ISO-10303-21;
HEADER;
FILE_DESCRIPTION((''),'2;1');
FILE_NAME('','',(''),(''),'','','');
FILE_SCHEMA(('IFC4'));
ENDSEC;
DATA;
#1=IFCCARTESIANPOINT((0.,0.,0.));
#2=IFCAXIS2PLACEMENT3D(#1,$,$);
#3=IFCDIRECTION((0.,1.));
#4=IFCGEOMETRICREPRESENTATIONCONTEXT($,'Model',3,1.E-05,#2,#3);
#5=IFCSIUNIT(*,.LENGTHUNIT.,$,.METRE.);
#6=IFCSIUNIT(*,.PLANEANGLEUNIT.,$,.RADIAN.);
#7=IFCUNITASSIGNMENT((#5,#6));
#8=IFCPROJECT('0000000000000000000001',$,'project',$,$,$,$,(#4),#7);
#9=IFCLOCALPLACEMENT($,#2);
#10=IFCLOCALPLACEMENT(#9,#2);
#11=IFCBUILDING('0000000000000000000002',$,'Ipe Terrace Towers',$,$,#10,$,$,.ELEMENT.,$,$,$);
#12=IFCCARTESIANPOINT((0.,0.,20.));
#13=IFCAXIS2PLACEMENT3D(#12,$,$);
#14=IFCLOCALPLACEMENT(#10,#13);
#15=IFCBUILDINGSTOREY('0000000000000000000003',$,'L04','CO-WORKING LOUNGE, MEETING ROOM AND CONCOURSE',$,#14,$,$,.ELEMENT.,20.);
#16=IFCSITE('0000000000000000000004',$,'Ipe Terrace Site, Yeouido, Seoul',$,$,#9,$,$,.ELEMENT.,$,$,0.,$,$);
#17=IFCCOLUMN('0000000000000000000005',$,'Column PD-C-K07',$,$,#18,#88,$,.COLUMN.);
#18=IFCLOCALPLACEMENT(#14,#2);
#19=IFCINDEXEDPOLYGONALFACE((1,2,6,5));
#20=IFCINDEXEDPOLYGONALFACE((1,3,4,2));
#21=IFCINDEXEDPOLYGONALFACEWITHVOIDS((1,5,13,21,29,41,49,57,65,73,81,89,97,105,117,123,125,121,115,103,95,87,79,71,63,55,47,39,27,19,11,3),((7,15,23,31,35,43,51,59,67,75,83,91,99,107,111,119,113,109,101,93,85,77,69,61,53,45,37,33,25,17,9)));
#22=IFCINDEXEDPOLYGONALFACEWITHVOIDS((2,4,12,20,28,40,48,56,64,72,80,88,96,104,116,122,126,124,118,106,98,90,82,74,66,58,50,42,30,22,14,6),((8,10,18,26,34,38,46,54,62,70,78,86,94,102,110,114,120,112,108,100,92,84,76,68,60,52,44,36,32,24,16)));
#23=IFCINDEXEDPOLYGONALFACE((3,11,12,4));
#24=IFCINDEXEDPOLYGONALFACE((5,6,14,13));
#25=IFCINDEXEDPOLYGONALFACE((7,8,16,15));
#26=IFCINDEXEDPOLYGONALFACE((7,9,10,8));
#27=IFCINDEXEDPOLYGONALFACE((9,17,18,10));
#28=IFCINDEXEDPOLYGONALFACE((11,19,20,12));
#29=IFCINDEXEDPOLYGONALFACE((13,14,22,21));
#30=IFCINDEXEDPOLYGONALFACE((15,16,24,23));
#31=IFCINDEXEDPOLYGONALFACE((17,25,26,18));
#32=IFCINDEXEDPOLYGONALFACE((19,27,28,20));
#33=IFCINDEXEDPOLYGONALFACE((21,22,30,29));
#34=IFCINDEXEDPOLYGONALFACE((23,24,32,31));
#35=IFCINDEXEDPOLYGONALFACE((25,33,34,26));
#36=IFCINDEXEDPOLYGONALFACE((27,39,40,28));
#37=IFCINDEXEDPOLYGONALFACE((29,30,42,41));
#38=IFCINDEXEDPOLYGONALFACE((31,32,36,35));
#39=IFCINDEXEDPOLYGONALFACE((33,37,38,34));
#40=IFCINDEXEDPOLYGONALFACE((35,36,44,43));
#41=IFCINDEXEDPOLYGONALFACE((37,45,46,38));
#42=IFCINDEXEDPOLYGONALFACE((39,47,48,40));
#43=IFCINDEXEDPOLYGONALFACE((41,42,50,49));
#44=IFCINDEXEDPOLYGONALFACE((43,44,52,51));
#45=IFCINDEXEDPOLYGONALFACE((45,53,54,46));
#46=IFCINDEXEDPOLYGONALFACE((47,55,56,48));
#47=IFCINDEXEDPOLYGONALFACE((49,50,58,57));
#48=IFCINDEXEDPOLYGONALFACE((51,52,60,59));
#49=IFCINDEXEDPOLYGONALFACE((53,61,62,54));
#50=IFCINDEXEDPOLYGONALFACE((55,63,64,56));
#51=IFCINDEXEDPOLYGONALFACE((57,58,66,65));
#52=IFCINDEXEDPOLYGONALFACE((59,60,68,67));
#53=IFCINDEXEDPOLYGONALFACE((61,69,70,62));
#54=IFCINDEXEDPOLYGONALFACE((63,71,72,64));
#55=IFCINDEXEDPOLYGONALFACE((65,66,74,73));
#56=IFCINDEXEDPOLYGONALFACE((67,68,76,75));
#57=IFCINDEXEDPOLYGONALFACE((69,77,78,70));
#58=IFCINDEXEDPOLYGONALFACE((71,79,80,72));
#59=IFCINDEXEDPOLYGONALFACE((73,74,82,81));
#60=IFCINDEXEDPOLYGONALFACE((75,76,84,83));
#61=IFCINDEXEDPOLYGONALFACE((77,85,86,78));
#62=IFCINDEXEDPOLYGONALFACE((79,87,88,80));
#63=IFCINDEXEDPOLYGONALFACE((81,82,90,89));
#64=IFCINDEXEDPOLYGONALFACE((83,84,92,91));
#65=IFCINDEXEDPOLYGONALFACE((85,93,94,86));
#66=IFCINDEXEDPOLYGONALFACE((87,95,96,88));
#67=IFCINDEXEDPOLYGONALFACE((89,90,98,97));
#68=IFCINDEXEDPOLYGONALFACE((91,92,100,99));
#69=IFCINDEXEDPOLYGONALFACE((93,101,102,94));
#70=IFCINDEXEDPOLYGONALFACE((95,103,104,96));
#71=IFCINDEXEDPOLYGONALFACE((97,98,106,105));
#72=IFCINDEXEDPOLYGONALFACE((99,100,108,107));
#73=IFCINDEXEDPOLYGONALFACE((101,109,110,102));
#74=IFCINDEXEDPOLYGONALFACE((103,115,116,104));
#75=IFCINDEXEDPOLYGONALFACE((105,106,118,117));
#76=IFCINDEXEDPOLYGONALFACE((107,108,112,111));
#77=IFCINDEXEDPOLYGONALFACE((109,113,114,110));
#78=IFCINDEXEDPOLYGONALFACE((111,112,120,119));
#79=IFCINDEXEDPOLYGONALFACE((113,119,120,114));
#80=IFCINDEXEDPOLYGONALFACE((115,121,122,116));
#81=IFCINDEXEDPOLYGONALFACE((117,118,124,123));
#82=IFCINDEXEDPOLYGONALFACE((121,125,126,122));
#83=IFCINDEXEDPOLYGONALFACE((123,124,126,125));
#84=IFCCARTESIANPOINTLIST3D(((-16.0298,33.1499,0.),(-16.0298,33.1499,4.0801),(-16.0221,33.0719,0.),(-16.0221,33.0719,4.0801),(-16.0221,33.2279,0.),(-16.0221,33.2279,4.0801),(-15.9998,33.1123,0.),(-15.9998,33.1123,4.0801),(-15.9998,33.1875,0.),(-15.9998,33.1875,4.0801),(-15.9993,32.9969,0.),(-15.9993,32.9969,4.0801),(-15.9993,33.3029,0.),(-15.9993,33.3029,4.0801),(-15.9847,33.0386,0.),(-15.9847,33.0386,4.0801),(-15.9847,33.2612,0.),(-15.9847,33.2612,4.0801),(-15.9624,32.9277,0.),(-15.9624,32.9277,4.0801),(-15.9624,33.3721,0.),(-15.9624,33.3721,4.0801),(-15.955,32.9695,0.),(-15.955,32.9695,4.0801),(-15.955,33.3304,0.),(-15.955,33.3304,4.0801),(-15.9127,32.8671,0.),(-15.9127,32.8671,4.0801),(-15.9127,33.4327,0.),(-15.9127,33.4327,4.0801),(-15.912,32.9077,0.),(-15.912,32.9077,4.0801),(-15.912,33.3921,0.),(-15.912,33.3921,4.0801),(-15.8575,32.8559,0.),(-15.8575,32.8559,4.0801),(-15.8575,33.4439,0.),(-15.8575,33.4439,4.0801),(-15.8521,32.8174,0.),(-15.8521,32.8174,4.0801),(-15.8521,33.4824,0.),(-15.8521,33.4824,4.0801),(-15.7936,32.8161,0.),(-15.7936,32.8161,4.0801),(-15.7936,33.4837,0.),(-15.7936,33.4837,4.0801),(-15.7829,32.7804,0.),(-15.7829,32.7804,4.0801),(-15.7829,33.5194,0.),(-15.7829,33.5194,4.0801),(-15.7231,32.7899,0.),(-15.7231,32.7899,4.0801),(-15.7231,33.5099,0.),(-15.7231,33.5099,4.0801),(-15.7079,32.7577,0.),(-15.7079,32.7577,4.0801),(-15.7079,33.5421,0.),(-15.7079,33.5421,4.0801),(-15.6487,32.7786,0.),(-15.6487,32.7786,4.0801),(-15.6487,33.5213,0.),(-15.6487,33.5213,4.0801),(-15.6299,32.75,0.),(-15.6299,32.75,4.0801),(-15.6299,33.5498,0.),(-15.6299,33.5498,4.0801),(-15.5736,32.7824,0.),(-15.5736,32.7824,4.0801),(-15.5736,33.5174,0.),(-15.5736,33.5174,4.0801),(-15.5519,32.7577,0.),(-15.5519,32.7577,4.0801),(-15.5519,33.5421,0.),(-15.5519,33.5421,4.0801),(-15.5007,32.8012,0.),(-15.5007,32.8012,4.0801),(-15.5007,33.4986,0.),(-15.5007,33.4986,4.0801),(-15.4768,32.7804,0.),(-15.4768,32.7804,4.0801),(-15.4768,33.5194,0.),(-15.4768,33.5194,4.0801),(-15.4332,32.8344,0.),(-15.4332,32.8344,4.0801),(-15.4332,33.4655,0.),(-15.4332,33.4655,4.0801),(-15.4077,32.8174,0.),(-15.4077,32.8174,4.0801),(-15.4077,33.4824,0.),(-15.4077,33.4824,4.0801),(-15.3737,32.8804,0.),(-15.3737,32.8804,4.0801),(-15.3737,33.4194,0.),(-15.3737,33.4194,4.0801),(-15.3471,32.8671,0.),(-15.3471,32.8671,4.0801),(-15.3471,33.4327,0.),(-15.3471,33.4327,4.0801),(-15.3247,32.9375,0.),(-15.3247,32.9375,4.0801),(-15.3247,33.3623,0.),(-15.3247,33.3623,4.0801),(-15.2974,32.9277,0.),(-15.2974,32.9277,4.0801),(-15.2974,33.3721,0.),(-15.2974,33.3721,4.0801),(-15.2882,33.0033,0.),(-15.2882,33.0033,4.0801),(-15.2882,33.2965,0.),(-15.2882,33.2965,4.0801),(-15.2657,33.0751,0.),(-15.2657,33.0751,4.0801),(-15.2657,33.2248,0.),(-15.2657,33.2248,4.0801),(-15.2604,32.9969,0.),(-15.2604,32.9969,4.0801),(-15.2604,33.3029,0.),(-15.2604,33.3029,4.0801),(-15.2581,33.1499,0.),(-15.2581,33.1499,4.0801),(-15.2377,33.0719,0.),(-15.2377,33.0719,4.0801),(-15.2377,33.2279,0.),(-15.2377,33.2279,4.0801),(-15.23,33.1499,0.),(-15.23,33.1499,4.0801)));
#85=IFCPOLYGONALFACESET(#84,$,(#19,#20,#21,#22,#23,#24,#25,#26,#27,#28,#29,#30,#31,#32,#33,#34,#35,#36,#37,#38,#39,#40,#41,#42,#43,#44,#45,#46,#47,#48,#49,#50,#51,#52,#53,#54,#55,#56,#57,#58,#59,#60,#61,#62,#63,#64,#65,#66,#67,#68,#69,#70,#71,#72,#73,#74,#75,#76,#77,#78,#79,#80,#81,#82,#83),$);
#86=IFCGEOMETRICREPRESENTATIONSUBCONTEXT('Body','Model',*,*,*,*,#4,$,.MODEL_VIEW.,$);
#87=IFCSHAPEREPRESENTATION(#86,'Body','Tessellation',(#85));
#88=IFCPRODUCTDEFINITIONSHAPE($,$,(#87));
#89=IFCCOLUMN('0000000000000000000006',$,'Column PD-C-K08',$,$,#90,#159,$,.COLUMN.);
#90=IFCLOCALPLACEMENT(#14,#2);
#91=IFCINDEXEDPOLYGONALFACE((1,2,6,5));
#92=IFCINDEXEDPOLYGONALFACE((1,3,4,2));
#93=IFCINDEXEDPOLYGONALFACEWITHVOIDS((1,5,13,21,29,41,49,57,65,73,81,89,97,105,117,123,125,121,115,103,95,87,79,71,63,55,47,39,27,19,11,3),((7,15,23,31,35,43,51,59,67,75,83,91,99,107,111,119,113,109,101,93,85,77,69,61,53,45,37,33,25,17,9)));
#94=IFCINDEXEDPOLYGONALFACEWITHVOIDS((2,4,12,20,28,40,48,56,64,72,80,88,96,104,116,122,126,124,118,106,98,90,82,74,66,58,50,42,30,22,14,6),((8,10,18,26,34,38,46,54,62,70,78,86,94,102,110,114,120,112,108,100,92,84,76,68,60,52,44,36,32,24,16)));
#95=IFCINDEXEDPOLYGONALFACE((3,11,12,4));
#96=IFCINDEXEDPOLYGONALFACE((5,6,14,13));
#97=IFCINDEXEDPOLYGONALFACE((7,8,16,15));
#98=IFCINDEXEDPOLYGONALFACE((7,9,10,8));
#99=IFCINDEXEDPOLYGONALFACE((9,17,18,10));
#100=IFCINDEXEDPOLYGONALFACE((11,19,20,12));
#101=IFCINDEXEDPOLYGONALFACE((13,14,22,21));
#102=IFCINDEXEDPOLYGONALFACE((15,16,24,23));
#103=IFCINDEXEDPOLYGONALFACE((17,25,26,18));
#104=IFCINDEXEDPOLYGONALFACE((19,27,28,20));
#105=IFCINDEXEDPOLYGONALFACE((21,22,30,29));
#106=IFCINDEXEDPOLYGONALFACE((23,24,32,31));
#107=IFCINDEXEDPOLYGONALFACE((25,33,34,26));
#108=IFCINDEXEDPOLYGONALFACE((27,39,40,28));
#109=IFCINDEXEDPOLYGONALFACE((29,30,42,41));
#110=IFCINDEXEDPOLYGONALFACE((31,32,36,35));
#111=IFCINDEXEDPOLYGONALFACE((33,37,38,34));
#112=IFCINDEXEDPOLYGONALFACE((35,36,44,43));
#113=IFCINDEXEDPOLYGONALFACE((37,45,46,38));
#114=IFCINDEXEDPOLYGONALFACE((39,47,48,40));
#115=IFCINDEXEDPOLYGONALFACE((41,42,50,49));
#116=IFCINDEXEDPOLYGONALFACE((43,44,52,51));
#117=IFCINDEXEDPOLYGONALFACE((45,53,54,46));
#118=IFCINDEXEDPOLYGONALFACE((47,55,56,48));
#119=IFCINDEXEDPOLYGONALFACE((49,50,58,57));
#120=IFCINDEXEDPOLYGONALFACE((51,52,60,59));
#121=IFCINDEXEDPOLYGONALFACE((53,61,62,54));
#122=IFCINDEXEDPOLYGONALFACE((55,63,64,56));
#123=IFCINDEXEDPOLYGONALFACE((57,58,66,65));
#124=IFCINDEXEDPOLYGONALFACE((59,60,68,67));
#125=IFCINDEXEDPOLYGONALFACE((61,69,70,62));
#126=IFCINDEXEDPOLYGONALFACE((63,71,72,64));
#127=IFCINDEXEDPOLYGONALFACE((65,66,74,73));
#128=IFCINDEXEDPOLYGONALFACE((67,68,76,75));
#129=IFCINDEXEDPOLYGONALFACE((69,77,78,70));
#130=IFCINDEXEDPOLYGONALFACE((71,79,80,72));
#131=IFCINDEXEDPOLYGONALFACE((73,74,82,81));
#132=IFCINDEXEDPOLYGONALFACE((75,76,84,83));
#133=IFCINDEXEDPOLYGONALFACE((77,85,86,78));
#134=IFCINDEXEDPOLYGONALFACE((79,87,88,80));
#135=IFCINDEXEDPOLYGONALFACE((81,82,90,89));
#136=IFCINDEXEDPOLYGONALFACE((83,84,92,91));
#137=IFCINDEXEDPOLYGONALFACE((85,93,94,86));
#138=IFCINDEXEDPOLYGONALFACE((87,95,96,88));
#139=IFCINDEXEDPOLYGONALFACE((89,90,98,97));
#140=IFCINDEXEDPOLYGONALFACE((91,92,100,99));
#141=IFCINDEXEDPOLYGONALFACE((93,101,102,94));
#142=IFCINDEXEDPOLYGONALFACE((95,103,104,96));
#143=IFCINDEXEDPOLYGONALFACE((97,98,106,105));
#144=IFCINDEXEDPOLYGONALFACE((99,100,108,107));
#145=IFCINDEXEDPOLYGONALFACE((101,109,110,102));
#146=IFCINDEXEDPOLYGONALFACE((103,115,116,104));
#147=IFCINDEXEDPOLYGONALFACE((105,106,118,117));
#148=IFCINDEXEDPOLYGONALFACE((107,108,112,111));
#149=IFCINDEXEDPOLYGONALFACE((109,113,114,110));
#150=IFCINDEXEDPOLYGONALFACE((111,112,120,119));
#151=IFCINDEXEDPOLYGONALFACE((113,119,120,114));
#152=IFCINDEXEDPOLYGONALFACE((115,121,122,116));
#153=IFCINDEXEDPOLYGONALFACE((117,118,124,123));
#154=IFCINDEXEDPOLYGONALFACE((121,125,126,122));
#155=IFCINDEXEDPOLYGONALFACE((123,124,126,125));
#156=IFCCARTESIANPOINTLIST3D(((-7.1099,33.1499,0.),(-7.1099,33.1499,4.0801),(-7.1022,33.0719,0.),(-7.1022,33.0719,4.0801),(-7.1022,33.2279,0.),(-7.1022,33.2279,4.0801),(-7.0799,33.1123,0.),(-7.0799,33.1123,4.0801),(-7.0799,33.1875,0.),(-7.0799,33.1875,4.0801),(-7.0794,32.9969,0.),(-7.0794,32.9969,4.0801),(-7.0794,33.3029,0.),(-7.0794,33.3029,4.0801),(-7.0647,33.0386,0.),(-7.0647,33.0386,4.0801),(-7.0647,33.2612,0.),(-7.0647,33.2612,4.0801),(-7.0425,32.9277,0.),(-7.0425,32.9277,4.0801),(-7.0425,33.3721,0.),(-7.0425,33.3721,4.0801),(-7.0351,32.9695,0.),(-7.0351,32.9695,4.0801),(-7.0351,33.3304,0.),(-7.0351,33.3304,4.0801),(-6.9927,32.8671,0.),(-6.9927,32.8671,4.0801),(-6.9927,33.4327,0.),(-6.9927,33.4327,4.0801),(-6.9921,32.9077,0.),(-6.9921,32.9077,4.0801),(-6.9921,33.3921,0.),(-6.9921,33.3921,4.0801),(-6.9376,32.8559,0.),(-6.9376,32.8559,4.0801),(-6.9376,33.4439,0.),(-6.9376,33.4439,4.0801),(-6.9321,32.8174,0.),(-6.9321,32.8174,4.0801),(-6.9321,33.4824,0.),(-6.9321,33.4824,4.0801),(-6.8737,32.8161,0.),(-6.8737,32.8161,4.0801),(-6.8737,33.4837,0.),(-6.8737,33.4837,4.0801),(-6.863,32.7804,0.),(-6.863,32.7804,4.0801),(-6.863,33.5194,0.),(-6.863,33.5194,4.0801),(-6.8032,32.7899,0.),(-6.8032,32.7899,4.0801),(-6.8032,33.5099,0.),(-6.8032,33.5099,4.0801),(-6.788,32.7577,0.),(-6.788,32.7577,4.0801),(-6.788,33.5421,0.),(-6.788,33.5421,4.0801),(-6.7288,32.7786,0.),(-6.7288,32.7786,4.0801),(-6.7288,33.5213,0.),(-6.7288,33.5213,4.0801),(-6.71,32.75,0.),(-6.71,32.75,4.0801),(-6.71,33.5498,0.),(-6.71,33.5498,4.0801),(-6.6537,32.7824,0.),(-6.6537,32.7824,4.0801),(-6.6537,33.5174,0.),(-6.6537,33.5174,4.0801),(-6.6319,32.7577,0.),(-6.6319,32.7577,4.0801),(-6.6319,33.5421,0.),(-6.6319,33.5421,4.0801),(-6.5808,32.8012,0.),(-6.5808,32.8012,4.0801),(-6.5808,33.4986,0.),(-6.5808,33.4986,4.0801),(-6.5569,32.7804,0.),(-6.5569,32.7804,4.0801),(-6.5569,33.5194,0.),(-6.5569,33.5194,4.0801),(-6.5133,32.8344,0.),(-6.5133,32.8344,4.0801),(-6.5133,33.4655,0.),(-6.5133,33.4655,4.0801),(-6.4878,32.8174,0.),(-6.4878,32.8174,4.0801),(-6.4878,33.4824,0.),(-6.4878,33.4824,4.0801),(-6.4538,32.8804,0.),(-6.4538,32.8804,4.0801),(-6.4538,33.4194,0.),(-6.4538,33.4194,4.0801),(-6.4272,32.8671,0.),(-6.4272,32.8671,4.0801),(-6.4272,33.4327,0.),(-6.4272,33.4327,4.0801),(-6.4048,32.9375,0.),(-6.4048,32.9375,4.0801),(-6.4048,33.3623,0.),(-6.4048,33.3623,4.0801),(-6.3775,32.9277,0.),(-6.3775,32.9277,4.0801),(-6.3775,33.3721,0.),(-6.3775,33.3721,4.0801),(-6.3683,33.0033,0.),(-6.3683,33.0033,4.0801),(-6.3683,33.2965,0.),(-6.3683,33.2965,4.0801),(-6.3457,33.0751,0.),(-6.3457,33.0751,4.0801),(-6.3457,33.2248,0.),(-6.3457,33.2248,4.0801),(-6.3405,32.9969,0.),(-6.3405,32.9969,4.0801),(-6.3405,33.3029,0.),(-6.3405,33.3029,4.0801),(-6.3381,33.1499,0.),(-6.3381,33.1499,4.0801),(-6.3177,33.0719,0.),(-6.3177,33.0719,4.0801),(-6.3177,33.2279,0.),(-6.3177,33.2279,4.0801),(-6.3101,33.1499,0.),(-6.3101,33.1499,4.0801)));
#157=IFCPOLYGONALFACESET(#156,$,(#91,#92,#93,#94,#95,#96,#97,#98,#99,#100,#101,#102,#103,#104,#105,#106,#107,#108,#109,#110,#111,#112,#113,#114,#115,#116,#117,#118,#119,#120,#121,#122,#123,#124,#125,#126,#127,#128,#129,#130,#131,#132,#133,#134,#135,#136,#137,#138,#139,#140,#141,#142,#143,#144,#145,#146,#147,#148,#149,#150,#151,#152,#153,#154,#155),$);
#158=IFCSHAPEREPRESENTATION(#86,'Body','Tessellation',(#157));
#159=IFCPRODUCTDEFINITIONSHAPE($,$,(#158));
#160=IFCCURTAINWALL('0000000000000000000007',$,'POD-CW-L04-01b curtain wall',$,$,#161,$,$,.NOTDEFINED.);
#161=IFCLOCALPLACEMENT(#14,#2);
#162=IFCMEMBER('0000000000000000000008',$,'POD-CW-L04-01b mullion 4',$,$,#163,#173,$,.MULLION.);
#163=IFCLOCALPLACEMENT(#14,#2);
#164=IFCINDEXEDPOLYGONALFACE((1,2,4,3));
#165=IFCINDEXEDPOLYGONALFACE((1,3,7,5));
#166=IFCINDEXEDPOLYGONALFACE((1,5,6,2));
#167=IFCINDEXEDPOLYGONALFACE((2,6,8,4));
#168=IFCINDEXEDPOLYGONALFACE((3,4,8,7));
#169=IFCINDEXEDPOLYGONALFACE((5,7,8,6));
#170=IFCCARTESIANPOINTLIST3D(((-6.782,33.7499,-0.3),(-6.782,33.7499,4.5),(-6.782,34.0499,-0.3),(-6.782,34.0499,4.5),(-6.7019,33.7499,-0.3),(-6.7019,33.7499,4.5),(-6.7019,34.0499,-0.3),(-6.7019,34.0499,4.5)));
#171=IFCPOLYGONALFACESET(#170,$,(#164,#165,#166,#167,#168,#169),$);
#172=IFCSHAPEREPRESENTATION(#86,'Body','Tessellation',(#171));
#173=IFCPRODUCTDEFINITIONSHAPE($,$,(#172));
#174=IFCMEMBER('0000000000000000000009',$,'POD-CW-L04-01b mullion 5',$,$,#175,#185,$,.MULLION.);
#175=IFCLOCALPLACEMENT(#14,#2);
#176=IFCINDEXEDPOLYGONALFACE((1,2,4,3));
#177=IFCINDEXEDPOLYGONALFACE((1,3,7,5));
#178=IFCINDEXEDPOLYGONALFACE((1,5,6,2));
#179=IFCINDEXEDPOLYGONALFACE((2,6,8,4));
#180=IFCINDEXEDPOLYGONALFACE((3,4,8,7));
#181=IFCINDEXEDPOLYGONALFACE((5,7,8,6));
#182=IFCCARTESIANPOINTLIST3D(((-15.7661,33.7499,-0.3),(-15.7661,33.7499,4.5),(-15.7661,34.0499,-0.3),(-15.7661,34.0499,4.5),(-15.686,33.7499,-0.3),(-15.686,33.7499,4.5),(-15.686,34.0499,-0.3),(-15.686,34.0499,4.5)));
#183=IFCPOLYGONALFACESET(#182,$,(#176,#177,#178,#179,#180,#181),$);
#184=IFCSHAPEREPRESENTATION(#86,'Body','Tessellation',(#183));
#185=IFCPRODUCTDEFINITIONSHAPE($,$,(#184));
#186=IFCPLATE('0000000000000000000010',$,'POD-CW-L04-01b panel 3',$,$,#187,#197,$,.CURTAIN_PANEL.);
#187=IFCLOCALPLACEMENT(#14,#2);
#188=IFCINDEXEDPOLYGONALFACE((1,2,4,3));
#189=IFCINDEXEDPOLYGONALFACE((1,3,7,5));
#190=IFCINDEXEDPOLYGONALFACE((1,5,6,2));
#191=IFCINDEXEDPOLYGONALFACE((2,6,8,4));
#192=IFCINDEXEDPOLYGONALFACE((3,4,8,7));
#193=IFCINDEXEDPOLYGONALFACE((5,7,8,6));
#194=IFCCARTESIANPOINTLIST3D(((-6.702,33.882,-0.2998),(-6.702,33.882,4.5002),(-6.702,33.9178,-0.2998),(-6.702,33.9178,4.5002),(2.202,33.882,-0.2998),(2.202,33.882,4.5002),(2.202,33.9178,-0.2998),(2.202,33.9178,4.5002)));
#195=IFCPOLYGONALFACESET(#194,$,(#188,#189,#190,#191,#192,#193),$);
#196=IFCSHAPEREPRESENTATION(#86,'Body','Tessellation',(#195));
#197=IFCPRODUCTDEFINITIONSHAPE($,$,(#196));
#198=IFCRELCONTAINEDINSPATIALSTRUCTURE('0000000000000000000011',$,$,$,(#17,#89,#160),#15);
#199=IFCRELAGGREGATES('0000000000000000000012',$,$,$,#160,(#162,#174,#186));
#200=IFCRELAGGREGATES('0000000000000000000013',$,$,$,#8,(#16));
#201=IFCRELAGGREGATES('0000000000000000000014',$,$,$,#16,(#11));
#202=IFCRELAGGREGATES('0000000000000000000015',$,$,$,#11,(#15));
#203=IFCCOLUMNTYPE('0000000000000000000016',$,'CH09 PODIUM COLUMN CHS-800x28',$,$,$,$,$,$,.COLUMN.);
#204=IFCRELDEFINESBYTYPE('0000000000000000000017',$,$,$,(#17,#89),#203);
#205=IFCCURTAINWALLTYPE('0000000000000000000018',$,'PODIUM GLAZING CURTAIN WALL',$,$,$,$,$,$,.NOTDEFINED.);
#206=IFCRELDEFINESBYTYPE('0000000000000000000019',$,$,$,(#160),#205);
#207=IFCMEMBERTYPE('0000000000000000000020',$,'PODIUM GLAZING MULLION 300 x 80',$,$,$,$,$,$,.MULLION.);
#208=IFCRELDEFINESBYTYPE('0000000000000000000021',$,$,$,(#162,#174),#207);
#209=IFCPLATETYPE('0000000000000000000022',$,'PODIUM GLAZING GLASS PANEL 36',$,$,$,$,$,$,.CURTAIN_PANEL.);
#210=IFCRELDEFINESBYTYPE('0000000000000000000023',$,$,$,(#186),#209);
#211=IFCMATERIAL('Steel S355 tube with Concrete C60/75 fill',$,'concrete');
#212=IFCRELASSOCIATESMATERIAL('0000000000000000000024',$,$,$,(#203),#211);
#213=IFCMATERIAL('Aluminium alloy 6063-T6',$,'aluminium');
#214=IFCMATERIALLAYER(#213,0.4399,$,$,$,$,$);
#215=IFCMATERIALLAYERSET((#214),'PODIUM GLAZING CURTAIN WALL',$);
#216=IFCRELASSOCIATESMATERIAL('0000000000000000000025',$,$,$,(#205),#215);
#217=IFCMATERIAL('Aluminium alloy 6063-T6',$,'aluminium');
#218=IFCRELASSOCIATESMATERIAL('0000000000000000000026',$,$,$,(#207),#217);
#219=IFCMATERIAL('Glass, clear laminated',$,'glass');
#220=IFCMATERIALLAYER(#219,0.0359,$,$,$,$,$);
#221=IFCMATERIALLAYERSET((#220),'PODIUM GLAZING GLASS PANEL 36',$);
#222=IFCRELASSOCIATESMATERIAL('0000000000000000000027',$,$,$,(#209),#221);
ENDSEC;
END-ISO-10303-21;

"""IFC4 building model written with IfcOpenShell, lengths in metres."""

from ifc_helpers import new_model, si_unit, direction, frame, origin, origin_2d, place, context, subcontext, project, spatial, rectangle, hollow_circle, extrude, material, layer, layer_set, material_profile, profile_set, type_object, element, aggregate, save


model = new_model("IFC4")

# Units and contexts
model_context = context("Model", 3, precision=1e-05, world=origin(), true_north=direction((0.0, 1.0)))
body_context = subcontext(model_context, "Body", "Model", "MODEL_VIEW")
ifc_project = project(units=[si_unit("LENGTHUNIT", "METRE"), si_unit("PLANEANGLEUNIT", "RADIAN")], contexts=[model_context])

# Site, building, storey
site_placement = place(None, origin())
site = spatial("IfcSite", under=ifc_project, at=site_placement, Name="Ipe Terrace Site, Yeouido, Seoul", CompositionType="ELEMENT", RefElevation=0.0)
building_placement = place(site_placement, origin())
building = spatial("IfcBuilding", under=site, at=building_placement, Name="Ipe Terrace Towers", CompositionType="ELEMENT")
storey_placement = place(building_placement, frame((0.0, 0.0, 20.0)))
storey = spatial("IfcBuildingStorey", under=building, at=storey_placement, Name="L04", Description="CO-WORKING LOUNGE, MEETING ROOM AND CONCOURSE", CompositionType="ELEMENT", Elevation=20.0)

# Columns
ifc_material_1 = material(Name="Steel S355 tube with Concrete C60/75 fill", Category="concrete")
ifc_material_profile_1 = material_profile(ifc_material_1, hollow_circle(Radius=0.3999, WallThickness=0.0281, at=origin_2d()), Name="CHS-800x28")
ifc_profile_set_1 = profile_set([ifc_material_profile_1], Name="Steel S355 tube with Concrete C60/75 fill")
column_type = type_object("IfcColumnType", Name="CH09 PODIUM COLUMN CHS-800x28", PredefinedType="COLUMN", material=ifc_profile_set_1)
for number, where, z_axis, x_axis, name in (
    (1, (-15.6299, 33.1499, 0.0), (0.0, 0.0, 1.0), (1.0, 0.0, 0.0), "Column PD-C-K07"),
    (2, (-6.71, 33.1499, 0.0), (0.0, 0.0, 1.0), (1.0, 0.0, 0.0), "Column PD-C-K08"),
):
    element("IfcColumn", number, at=place(storey_placement, frame(where, z_axis=z_axis, x_axis=x_axis)), inside=storey, type_object=column_type, Name=name, PredefinedType="COLUMN", context=body_context, shape_type="SweptSolid", body=[
        extrude(hollow_circle(Radius=0.3999, WallThickness=0.0281, at=origin_2d()), origin(), (0.0, 0.0, 1.0), 4.0801),
    ])

# Curtain wall, members, plate
ifc_material_2 = material(Name="Aluminium alloy 6063-T6", Category="aluminium")
ifc_layer_1 = layer(ifc_material_2, 0.4399)
ifc_layer_set_1 = layer_set([ifc_layer_1], Name="PODIUM GLAZING CURTAIN WALL")
curtain_wall_type = type_object("IfcCurtainWallType", Name="PODIUM GLAZING CURTAIN WALL", PredefinedType="NOTDEFINED", material=ifc_layer_set_1)
curtain_wall_placement = place(storey_placement, origin())
curtain_wall = element("IfcCurtainWall", 3, at=curtain_wall_placement, inside=storey, type_object=curtain_wall_type, Name="POD-CW-L04-01b curtain wall", PredefinedType="NOTDEFINED")
ifc_material_3 = material(Name="Aluminium alloy 6063-T6", Category="aluminium")
ifc_material_profile_2 = material_profile(ifc_material_3, rectangle(XDim=0.3, YDim=0.0801, at=origin_2d()), Name="PODIUM GLAZING MULLION 300 x 80")
ifc_profile_set_2 = profile_set([ifc_material_profile_2], Name="Aluminium alloy 6063-T6")
member_type = type_object("IfcMemberType", Name="PODIUM GLAZING MULLION 300 x 80", PredefinedType="MULLION", material=ifc_profile_set_2)
member_1_placement = place(storey_placement, frame((-6.7419, 33.8999, -0.3), z_axis=(0.0, 0.0, 1.0), x_axis=(0.0, 1.0, 0.0)))
member_1 = element("IfcMember", 4, at=member_1_placement, type_object=member_type, Name="POD-CW-L04-01b mullion 4", PredefinedType="MULLION", context=body_context, shape_type="SweptSolid", body=[
    extrude(rectangle(XDim=0.3, YDim=0.0801, at=origin_2d()), origin(), (0.0, 0.0, 1.0), 4.8),
])
member_2_placement = place(storey_placement, frame((-15.7261, 33.8999, -0.3), z_axis=(0.0, 0.0, 1.0), x_axis=(0.0, 1.0, 0.0)))
member_2 = element("IfcMember", 5, at=member_2_placement, type_object=member_type, Name="POD-CW-L04-01b mullion 5", PredefinedType="MULLION", context=body_context, shape_type="SweptSolid", body=[
    extrude(rectangle(XDim=0.3, YDim=0.0801, at=origin_2d()), origin(), (0.0, 0.0, 1.0), 4.8),
])
ifc_material_4 = material(Name="Glass, clear laminated", Category="glass")
ifc_layer_2 = layer(ifc_material_4, 0.0359)
ifc_layer_set_2 = layer_set([ifc_layer_2], Name="PODIUM GLAZING GLASS PANEL 36")
plate_type = type_object("IfcPlateType", Name="PODIUM GLAZING GLASS PANEL 36", PredefinedType="CURTAIN_PANEL", material=ifc_layer_set_2)
plate_1_placement = place(storey_placement, frame((-2.25, 33.8999, -0.2998), z_axis=(0.0, 0.0, 1.0), x_axis=(-1.0, 0.0, 0.0)))
plate_1 = element("IfcPlate", 6, at=plate_1_placement, type_object=plate_type, Name="POD-CW-L04-01b panel 3", PredefinedType="CURTAIN_PANEL", context=body_context, shape_type="SweptSolid", body=[
    extrude(rectangle(XDim=8.9041, YDim=0.0359, at=origin_2d()), origin(), (0.0, 0.0, 1.0), 4.8),
])
aggregate(curtain_wall, [member_1, member_2, plate_1])

save(model, "model.ifc")
